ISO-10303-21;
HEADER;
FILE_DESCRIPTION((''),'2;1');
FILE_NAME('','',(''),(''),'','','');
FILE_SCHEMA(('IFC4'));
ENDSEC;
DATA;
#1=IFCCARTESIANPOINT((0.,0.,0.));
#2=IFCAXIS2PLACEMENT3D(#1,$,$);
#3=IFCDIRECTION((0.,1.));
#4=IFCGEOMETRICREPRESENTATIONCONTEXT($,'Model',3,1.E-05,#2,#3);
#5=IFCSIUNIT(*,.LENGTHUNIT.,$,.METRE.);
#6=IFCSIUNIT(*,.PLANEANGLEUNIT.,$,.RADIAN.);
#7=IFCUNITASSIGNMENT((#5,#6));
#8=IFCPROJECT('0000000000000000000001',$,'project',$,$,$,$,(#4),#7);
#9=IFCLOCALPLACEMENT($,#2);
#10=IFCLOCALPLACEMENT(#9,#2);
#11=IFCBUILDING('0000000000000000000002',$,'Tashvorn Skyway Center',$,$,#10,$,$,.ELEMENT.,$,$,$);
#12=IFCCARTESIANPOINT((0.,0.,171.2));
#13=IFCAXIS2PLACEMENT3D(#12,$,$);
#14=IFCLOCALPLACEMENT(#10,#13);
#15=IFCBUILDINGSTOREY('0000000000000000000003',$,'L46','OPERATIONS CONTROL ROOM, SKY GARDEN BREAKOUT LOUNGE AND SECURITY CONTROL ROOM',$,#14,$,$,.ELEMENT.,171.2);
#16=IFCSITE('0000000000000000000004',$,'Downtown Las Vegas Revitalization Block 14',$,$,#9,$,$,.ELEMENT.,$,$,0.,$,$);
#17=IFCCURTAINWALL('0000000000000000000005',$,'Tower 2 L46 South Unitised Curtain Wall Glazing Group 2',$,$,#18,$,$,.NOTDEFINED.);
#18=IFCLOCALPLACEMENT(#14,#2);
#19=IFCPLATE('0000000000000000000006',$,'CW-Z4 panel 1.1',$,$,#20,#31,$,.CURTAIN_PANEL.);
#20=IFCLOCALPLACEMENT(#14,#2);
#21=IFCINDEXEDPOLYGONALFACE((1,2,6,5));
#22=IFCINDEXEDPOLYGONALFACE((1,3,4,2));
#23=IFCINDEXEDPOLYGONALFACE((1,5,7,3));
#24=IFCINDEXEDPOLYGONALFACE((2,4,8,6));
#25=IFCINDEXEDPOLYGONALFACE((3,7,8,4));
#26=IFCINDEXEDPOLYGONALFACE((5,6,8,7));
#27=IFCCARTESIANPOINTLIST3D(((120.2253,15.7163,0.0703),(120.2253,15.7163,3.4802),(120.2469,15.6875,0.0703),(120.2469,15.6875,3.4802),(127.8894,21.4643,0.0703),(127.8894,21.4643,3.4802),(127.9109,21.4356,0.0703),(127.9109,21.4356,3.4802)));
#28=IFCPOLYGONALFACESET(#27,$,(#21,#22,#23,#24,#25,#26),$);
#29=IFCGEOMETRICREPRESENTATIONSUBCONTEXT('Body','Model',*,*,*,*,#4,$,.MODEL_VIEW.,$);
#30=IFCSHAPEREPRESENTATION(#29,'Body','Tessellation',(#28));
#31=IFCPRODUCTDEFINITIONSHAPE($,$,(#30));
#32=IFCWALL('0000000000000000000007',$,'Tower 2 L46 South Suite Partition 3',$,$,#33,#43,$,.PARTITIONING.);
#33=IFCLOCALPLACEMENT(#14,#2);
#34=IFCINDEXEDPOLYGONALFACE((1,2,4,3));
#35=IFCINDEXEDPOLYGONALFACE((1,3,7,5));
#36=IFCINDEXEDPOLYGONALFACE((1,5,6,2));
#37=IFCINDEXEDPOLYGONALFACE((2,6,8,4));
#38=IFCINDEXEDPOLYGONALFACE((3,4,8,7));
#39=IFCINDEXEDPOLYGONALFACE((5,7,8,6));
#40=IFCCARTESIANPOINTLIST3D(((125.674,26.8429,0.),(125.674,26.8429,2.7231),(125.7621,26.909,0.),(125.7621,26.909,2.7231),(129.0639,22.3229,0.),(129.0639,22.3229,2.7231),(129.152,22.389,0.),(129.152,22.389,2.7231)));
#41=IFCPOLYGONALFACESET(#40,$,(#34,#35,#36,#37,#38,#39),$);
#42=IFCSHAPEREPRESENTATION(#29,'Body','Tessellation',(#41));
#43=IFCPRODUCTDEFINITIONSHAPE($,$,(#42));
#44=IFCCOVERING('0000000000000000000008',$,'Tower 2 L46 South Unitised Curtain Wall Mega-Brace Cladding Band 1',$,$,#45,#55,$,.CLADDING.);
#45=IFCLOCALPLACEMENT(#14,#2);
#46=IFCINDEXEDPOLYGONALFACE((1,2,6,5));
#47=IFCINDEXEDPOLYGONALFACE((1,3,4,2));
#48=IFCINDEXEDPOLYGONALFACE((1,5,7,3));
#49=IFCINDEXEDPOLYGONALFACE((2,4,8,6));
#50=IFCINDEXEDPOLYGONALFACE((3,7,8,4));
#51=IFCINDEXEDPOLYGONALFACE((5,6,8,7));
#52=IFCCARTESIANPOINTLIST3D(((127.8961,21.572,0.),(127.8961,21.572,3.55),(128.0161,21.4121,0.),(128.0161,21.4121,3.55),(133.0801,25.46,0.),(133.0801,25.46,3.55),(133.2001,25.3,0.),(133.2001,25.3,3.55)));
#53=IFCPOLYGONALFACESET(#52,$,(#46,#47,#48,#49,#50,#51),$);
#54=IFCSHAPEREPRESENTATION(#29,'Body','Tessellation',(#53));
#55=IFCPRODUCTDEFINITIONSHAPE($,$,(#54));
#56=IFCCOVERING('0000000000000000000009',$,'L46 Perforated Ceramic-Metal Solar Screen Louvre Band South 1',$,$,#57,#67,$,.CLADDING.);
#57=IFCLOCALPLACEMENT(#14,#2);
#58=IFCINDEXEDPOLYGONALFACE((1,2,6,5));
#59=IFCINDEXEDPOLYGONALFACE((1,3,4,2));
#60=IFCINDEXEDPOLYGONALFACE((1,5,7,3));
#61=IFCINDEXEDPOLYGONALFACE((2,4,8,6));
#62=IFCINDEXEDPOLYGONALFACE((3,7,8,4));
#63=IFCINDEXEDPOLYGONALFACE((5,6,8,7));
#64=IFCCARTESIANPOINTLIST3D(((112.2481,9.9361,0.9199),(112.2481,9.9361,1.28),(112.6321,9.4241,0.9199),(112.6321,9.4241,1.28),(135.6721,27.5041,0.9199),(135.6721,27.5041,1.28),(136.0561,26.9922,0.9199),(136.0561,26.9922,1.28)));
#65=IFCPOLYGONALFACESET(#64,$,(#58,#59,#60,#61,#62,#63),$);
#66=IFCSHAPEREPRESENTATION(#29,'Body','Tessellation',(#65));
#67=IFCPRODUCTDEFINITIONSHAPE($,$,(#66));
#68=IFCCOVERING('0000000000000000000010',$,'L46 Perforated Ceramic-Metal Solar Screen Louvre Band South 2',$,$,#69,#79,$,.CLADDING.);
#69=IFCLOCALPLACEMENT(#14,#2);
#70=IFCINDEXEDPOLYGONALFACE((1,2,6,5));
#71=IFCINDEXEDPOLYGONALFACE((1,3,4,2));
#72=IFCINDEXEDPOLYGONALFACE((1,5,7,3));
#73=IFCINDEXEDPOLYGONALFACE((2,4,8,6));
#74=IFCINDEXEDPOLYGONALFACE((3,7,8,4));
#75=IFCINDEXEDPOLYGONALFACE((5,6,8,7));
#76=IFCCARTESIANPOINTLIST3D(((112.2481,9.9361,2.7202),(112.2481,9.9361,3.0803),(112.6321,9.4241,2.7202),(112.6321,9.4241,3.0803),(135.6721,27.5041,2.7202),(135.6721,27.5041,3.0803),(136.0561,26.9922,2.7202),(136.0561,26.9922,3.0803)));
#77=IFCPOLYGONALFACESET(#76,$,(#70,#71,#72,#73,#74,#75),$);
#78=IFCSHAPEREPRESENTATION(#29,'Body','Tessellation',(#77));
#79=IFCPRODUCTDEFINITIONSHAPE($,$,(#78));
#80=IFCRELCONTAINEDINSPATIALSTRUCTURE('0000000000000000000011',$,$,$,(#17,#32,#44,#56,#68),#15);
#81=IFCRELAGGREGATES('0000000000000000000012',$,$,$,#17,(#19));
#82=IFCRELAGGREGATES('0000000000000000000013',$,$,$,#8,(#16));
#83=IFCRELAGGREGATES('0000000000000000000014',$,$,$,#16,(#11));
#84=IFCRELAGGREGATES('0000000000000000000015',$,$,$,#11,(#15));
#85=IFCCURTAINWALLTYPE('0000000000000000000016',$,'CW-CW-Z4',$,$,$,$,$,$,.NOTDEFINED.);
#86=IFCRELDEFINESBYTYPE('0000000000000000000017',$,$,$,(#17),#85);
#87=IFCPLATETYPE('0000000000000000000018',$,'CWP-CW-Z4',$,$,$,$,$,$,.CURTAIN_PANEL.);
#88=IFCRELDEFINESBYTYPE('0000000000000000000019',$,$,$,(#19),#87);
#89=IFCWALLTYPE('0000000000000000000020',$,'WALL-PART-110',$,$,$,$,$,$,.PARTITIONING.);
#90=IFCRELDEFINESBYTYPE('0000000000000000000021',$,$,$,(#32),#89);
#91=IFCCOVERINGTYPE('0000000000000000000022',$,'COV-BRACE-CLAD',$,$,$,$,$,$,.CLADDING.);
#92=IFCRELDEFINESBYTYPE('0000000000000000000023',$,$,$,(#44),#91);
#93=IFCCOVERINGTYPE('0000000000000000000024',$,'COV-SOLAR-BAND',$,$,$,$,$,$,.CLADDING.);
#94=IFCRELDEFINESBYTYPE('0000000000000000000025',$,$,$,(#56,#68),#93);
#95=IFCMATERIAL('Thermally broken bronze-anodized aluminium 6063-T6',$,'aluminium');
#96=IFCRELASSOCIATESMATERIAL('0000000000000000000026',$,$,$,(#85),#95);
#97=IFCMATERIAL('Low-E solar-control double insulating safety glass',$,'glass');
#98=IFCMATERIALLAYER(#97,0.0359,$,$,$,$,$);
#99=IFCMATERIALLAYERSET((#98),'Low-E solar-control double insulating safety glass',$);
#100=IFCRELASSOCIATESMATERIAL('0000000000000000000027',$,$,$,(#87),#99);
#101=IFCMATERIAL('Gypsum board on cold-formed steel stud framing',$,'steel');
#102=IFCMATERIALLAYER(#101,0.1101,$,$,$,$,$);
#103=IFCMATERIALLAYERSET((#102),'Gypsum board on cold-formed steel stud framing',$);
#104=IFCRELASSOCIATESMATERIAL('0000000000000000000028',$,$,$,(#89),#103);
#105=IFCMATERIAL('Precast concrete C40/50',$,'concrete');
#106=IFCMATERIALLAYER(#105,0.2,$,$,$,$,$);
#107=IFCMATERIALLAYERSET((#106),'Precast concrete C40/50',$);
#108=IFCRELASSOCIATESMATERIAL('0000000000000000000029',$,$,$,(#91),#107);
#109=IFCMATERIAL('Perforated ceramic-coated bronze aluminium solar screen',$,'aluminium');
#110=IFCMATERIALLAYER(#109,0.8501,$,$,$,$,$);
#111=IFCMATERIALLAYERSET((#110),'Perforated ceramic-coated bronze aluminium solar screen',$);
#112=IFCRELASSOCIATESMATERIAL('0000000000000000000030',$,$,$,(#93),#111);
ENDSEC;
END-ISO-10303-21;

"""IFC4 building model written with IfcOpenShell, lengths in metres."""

from ifc_helpers import new_model, si_unit, direction, frame, frame_2d, origin, origin_2d, place, context, subcontext, project, spatial, rectangle, extrude, material, layer, layer_set, type_object, element, aggregate, save


model = new_model("IFC4")

# Units and contexts
model_context = context("Model", 3, precision=1e-05, world=origin(), true_north=direction((0.0, 1.0)))
body_context = subcontext(model_context, "Body", "Model", "MODEL_VIEW")
ifc_project = project(units=[si_unit("LENGTHUNIT", "METRE"), si_unit("PLANEANGLEUNIT", "RADIAN")], contexts=[model_context])

# Site, building, storey
site_placement = place(None, origin())
site = spatial("IfcSite", under=ifc_project, at=site_placement, Name="Downtown Las Vegas Revitalization Block 14", CompositionType="ELEMENT", RefElevation=0.0)
building_placement = place(site_placement, origin())
building = spatial("IfcBuilding", under=site, at=building_placement, Name="Tashvorn Skyway Center", CompositionType="ELEMENT")
storey_placement = place(building_placement, frame((0.0, 0.0, 171.2)))
storey = spatial("IfcBuildingStorey", under=building, at=storey_placement, Name="L46", Description="OPERATIONS CONTROL ROOM, SKY GARDEN BREAKOUT LOUNGE AND SECURITY CONTROL ROOM", CompositionType="ELEMENT", Elevation=171.2)

# Curtain wall
ifc_material_1 = material(Name="Thermally broken bronze-anodized aluminium 6063-T6", Category="aluminium")
curtain_wall_type = type_object("IfcCurtainWallType", Name="CW-CW-Z4", PredefinedType="NOTDEFINED", material=ifc_material_1)
curtain_wall_1_placement = place(storey_placement, origin())
curtain_wall_1 = element("IfcCurtainWall", 1, at=curtain_wall_1_placement, inside=storey, type_object=curtain_wall_type, Name="Tower 2 L46 South Unitised Curtain Wall Glazing Group 2", PredefinedType="NOTDEFINED")

# Plate
ifc_material_2 = material(Name="Low-E solar-control double insulating safety glass", Category="glass")
ifc_layer_1 = layer(ifc_material_2, 0.0359)
ifc_layer_set_1 = layer_set([ifc_layer_1], Name="Low-E solar-control double insulating safety glass")
plate_type = type_object("IfcPlateType", Name="CWP-CW-Z4", PredefinedType="CURTAIN_PANEL", material=ifc_layer_set_1)
plate_1_placement = place(storey_placement, frame((124.0681, 18.5759, 0.0703), z_axis=(0.0, 0.0, 1.0), x_axis=(-0.8, -0.6, 0.0)))
plate_1 = element("IfcPlate", 2, at=plate_1_placement, type_object=plate_type, Name="CW-Z4 panel 1.1", PredefinedType="CURTAIN_PANEL", context=body_context, shape_type="SweptSolid", body=[
    extrude(rectangle(XDim=9.5801, YDim=0.0359, at=origin_2d()), origin(), (0.0, 0.0, 1.0), 3.4099),
])
aggregate(curtain_wall_1, [plate_1])

# Wall
ifc_material_3 = material(Name="Gypsum board on cold-formed steel stud framing", Category="steel")
ifc_layer_2 = layer(ifc_material_3, 0.1101)
ifc_layer_set_2 = layer_set([ifc_layer_2], Name="Gypsum board on cold-formed steel stud framing")
wall_type = type_object("IfcWallType", Name="WALL-PART-110", PredefinedType="PARTITIONING", material=ifc_layer_set_2)
wall_placement = place(storey_placement, frame((129.1079, 22.356, 0.0), z_axis=(0.0, 0.0, 1.0), x_axis=(-0.599986, 0.80001, 0.0)))
element("IfcWall", 3, at=wall_placement, inside=storey, type_object=wall_type, Name="Tower 2 L46 South Suite Partition 3", PredefinedType="PARTITIONING", context=body_context, shape_type="SweptSolid", body=[
    extrude(rectangle(XDim=5.6499, YDim=0.1101, at=frame_2d((2.825, 0.0))), origin(), (0.0, 0.0, 1.0), 2.7231),
])

# Coverings
ifc_material_4 = material(Name="Precast concrete C40/50", Category="concrete")
ifc_layer_3 = layer(ifc_material_4, 0.2)
ifc_layer_set_3 = layer_set([ifc_layer_3], Name="Precast concrete C40/50")
covering_type_1 = type_object("IfcCoveringType", Name="COV-BRACE-CLAD", PredefinedType="CLADDING", material=ifc_layer_set_3)
covering_placement = place(storey_placement, frame((130.5481, 23.436, 0.0), z_axis=(0.0, 0.0, 1.0), x_axis=(-0.8, -0.6, 0.0)))
element("IfcCovering", 4, at=covering_placement, inside=storey, type_object=covering_type_1, Name="Tower 2 L46 South Unitised Curtain Wall Mega-Brace Cladding Band 1", PredefinedType="CLADDING", context=body_context, shape_type="SweptSolid", body=[
    extrude(rectangle(XDim=6.48, YDim=0.2, at=origin_2d()), origin(), (0.0, 0.0, 1.0), 3.55),
])
ifc_material_5 = material(Name="Perforated ceramic-coated bronze aluminium solar screen", Category="aluminium")
ifc_layer_4 = layer(ifc_material_5, 0.8501)
ifc_layer_set_4 = layer_set([ifc_layer_4], Name="Perforated ceramic-coated bronze aluminium solar screen")
covering_type_2 = type_object("IfcCoveringType", Name="COV-SOLAR-BAND", PredefinedType="CLADDING", material=ifc_layer_set_4)
for number, where, z_axis, x_axis, name in (
    (5, (124.1521, 18.4641, 0.9199), (0.0, 0.0, 1.0), (-0.8, -0.6, 0.0), "L46 Perforated Ceramic-Metal Solar Screen Louvre Band South 1"),
    (6, (124.1521, 18.4641, 2.7202), (0.0, 0.0, 1.0), (-0.8, -0.6, 0.0), "L46 Perforated Ceramic-Metal Solar Screen Louvre Band South 2"),
):
    element("IfcCovering", number, at=place(storey_placement, frame(where, z_axis=z_axis, x_axis=x_axis)), inside=storey, type_object=covering_type_2, Name=name, PredefinedType="CLADDING", context=body_context, shape_type="SweptSolid", body=[
        extrude(rectangle(XDim=29.28, YDim=0.6399, at=origin_2d()), origin(), (0.0, 0.0, 1.0), 0.3601),
    ])

save(model, "model.ifc")
